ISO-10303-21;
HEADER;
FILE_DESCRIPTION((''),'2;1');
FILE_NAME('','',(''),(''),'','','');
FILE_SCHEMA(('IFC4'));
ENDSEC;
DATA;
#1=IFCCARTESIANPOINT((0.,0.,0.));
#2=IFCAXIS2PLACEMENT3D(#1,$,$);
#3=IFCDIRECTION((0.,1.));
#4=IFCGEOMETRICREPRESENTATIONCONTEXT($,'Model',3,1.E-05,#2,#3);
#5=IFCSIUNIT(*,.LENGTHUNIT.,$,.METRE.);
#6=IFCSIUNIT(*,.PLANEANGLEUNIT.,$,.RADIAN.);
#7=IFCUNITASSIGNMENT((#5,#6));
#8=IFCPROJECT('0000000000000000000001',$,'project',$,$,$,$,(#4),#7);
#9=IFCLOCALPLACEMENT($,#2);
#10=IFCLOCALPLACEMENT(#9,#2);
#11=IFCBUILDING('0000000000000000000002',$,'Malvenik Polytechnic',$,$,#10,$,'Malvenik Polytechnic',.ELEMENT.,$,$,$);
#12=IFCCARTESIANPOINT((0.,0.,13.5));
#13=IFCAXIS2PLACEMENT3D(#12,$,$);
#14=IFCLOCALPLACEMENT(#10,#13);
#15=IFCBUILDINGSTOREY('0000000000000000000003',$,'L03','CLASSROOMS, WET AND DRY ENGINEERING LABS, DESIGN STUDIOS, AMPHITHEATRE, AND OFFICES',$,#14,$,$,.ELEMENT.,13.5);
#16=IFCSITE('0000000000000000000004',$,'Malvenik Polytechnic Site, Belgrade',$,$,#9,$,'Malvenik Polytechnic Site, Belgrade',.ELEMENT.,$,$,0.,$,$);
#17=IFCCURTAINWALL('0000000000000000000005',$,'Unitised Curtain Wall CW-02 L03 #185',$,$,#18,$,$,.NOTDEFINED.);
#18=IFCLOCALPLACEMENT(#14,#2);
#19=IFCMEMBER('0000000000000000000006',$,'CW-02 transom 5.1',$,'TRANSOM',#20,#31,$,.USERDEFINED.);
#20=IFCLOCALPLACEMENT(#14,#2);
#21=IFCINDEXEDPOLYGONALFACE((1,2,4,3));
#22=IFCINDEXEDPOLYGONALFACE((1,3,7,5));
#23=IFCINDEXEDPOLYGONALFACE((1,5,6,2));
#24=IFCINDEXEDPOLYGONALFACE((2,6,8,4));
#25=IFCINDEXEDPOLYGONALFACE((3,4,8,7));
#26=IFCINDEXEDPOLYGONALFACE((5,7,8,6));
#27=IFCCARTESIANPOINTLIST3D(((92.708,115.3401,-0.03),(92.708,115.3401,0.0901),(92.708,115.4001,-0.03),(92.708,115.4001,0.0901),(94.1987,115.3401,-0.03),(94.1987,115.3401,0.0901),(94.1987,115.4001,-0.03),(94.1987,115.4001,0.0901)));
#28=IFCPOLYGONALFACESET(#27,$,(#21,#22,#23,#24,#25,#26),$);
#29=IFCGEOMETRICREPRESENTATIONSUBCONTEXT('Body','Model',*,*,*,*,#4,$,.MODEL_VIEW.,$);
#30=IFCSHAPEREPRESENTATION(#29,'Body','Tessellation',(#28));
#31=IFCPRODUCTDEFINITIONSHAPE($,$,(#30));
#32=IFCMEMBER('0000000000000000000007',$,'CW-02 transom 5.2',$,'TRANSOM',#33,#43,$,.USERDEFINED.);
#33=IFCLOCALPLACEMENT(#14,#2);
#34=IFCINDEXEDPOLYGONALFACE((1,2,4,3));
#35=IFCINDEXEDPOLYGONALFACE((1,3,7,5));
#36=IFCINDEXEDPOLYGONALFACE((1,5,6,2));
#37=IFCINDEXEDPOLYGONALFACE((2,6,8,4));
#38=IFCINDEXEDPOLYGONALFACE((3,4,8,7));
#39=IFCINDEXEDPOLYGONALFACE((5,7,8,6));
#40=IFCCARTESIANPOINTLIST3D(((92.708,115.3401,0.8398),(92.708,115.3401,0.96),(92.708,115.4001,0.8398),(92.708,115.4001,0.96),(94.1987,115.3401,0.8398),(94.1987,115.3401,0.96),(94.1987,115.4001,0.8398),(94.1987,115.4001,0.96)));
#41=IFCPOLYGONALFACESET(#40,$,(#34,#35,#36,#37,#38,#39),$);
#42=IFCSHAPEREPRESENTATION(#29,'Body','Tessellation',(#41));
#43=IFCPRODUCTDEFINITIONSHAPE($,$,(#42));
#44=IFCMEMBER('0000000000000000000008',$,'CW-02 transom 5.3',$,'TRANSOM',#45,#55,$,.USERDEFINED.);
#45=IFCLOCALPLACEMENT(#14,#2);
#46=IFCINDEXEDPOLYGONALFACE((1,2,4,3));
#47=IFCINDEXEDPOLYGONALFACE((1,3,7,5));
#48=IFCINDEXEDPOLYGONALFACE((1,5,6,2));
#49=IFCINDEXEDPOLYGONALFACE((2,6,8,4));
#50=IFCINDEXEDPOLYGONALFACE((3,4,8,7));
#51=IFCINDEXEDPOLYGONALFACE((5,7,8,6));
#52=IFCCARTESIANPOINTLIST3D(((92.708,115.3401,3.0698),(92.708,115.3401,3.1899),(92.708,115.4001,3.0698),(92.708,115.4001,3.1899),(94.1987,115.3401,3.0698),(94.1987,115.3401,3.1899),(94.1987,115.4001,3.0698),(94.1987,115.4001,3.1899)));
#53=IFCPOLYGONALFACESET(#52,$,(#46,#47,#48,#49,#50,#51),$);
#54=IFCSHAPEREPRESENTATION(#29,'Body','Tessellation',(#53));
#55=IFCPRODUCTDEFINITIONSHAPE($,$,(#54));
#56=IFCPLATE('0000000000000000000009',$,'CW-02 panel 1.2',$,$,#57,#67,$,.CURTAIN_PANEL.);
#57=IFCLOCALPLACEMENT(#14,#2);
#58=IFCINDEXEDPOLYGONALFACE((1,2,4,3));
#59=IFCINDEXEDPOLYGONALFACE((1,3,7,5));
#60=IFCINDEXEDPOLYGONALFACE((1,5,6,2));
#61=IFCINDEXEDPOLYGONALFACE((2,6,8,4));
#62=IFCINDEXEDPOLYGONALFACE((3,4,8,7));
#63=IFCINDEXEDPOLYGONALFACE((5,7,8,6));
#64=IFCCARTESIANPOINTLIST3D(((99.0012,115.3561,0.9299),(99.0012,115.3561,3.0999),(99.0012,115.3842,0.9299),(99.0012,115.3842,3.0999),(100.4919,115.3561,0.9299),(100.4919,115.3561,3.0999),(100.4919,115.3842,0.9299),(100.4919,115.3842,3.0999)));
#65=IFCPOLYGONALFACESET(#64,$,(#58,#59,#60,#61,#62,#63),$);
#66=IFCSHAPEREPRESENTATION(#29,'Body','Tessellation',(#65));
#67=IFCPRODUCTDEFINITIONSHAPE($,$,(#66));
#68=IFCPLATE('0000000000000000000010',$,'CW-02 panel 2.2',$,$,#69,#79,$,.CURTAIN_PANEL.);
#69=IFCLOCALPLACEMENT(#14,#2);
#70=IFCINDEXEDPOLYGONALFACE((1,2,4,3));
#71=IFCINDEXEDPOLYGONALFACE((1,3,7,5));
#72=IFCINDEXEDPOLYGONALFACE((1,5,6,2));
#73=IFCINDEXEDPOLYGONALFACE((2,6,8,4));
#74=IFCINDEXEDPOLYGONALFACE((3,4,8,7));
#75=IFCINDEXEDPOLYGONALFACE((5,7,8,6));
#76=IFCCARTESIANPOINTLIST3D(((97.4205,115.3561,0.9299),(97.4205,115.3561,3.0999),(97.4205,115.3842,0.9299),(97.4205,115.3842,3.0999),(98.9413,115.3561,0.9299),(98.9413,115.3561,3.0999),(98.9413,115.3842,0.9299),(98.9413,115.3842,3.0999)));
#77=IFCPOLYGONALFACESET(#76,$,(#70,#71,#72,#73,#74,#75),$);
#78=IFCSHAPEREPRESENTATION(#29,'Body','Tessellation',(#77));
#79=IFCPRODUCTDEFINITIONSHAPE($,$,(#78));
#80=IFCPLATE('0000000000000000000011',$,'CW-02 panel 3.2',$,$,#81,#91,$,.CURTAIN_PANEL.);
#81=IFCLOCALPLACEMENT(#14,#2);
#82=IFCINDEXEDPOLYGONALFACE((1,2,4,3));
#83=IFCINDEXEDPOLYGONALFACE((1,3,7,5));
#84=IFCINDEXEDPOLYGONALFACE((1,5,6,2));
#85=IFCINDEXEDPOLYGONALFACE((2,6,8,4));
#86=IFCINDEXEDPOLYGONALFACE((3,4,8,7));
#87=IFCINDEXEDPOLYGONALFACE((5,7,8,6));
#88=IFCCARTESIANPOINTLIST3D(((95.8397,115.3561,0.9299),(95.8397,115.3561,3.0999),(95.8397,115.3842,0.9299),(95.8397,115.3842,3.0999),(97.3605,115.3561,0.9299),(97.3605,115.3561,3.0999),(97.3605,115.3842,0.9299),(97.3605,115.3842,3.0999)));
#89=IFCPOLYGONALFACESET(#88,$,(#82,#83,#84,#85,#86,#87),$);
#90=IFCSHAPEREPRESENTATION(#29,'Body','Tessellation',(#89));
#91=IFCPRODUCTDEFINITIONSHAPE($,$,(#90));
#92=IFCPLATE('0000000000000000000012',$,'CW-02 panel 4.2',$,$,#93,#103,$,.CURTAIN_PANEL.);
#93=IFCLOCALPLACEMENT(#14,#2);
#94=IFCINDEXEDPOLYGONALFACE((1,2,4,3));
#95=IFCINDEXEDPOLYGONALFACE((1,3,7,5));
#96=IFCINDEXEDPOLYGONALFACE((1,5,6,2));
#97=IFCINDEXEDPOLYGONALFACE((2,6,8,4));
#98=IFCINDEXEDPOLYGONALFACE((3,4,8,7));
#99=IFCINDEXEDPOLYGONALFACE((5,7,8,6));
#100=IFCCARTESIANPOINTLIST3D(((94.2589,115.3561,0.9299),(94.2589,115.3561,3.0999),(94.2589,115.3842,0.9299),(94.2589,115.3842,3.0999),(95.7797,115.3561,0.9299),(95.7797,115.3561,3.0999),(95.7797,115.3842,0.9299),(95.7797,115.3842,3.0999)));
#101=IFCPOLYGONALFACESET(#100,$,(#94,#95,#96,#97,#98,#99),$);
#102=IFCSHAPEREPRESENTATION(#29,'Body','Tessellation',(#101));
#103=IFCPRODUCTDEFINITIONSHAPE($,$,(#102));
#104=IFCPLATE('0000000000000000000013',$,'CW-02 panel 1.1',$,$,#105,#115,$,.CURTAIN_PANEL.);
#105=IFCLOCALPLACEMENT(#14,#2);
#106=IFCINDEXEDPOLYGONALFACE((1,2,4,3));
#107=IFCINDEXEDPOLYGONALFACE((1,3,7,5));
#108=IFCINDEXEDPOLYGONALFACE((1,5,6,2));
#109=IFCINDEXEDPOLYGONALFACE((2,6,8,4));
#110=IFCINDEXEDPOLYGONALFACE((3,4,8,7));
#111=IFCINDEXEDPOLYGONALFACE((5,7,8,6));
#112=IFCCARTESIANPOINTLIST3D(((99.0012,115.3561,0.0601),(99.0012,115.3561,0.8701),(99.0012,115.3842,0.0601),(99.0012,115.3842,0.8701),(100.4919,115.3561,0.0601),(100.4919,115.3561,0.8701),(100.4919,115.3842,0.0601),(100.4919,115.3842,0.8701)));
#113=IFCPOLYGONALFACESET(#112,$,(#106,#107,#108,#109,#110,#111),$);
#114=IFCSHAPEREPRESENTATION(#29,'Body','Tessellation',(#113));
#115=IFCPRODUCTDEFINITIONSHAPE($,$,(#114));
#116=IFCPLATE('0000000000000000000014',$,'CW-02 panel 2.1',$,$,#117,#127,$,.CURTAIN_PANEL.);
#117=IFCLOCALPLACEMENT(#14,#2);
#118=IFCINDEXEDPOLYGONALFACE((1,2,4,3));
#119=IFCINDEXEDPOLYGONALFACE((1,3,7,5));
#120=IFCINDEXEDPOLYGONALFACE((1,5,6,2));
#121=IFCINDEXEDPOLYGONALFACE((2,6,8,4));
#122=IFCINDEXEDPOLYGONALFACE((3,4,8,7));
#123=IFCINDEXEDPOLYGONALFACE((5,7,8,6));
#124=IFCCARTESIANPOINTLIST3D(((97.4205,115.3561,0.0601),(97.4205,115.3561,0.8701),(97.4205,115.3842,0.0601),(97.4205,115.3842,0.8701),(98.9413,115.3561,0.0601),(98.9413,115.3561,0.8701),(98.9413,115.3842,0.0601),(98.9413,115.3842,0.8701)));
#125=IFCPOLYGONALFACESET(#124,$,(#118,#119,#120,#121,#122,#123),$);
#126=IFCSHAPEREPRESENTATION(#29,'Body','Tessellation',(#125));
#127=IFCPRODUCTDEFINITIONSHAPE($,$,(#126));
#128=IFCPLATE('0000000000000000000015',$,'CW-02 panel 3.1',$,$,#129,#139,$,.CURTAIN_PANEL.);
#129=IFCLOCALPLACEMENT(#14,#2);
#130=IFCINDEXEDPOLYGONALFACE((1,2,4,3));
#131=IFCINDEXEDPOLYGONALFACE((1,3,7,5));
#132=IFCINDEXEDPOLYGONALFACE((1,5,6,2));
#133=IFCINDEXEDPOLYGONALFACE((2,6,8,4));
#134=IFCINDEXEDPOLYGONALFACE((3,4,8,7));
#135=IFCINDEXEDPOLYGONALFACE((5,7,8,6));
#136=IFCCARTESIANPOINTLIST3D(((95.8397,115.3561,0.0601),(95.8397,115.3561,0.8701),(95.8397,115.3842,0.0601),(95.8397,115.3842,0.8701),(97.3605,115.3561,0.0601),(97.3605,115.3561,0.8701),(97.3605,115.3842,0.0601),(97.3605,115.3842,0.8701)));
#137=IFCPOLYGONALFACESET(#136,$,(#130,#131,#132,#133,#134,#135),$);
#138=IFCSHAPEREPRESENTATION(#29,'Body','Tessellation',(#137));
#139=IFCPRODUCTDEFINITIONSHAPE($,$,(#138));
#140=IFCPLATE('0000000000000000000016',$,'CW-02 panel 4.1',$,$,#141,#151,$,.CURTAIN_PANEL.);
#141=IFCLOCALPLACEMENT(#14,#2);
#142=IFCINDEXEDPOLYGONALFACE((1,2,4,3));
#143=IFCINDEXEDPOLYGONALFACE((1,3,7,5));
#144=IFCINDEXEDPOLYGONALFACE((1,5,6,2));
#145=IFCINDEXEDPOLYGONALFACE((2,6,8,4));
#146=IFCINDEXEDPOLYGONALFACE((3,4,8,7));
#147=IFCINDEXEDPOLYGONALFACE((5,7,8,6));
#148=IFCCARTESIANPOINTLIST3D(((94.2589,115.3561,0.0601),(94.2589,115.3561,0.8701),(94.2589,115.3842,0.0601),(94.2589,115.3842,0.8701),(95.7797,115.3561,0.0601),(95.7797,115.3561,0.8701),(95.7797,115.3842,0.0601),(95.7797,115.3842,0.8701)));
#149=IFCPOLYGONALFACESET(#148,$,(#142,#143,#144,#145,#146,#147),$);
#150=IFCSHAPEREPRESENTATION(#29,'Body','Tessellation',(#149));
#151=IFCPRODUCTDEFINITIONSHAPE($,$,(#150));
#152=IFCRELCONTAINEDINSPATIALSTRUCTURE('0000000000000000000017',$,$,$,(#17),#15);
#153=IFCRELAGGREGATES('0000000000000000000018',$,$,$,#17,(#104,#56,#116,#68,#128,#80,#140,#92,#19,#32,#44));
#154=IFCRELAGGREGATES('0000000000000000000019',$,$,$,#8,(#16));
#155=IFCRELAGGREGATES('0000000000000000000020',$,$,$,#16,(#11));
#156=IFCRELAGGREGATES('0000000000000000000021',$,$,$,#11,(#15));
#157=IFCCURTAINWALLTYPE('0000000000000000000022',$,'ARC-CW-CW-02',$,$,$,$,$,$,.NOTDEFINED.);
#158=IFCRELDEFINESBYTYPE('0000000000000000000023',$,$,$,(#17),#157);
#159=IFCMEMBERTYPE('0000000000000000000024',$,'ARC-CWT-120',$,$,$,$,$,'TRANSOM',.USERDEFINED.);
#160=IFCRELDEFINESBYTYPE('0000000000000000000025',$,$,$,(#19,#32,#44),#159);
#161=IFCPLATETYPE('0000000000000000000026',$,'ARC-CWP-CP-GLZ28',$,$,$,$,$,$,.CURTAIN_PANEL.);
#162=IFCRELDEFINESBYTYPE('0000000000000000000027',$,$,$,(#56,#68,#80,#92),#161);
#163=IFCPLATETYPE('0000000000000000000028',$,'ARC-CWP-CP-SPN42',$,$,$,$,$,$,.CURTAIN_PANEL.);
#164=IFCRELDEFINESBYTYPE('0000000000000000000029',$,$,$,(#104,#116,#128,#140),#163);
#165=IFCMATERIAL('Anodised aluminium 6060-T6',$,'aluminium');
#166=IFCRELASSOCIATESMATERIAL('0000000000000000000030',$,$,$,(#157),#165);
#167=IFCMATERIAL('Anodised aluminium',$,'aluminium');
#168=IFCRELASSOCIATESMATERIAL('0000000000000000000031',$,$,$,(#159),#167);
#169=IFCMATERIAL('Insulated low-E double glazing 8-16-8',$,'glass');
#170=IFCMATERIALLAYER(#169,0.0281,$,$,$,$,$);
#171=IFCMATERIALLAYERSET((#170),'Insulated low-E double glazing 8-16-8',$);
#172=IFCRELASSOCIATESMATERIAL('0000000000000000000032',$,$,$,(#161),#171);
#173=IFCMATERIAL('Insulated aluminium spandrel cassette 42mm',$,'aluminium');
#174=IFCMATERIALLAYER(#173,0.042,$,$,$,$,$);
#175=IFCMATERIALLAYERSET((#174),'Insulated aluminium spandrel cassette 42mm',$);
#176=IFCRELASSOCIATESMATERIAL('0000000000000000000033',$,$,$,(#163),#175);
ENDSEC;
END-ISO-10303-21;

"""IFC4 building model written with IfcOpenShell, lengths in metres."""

from ifc_helpers import new_model, si_unit, direction, frame, origin, origin_2d, place, context, subcontext, project, spatial, rectangle, extrude, material, layer, layer_set, material_profile, profile_set, type_object, element, aggregate, save


model = new_model("IFC4")

# Units and contexts
model_context = context("Model", 3, precision=1e-05, world=origin(), true_north=direction((0.0, 1.0)))
body_context = subcontext(model_context, "Body", "Model", "MODEL_VIEW")
ifc_project = project(units=[si_unit("LENGTHUNIT", "METRE"), si_unit("PLANEANGLEUNIT", "RADIAN")], contexts=[model_context])

# Site, building, storey
site_placement = place(None, origin())
site = spatial("IfcSite", under=ifc_project, at=site_placement, Name="Malvenik Polytechnic Site, Belgrade", LongName="Malvenik Polytechnic Site, Belgrade", CompositionType="ELEMENT", RefElevation=0.0)
building_placement = place(site_placement, origin())
building = spatial("IfcBuilding", under=site, at=building_placement, Name="Malvenik Polytechnic", LongName="Malvenik Polytechnic", CompositionType="ELEMENT")
storey_placement = place(building_placement, frame((0.0, 0.0, 13.5)))
storey = spatial("IfcBuildingStorey", under=building, at=storey_placement, Name="L03", Description="CLASSROOMS, WET AND DRY ENGINEERING LABS, DESIGN STUDIOS, AMPHITHEATRE, AND OFFICES", CompositionType="ELEMENT", Elevation=13.5)

# Curtain wall, members, plates
ifc_material_1 = material(Name="Anodised aluminium 6060-T6", Category="aluminium")
curtain_wall_type = type_object("IfcCurtainWallType", Name="ARC-CW-CW-02", PredefinedType="NOTDEFINED", material=ifc_material_1)
curtain_wall_placement = place(storey_placement, origin())
curtain_wall = element("IfcCurtainWall", 1, at=curtain_wall_placement, inside=storey, type_object=curtain_wall_type, Name="Unitised Curtain Wall CW-02 L03 #185", PredefinedType="NOTDEFINED")
ifc_material_2 = material(Name="Anodised aluminium", Category="aluminium")
ifc_material_profile_1 = material_profile(ifc_material_2, rectangle(XDim=0.0601, YDim=0.1201, at=origin_2d()), Name="ALU TRANSOM 60x120")
ifc_profile_set_1 = profile_set([ifc_material_profile_1], Name="Anodised aluminium")
member_type_1 = type_object("IfcMemberType", Name="ARC-CWT-120", ElementType="TRANSOM", PredefinedType="USERDEFINED", material=ifc_profile_set_1)
member_1_placement = place(storey_placement, frame((94.1987, 115.3701, 0.03), z_axis=(-1.0, 0.0, 0.0), x_axis=(0.0, -1.0, 0.0)))
member_1 = element("IfcMember", 2, at=member_1_placement, type_object=member_type_1, Name="CW-02 transom 5.1", ObjectType="TRANSOM", PredefinedType="USERDEFINED", context=body_context, shape_type="SweptSolid", body=[
    extrude(rectangle(XDim=0.0601, YDim=0.1201, at=origin_2d()), origin(), (0.0, 0.0, 1.0), 1.4907),
])
member_2_placement = place(storey_placement, frame((94.1987, 115.3701, 0.8999), z_axis=(-1.0, 0.0, 0.0), x_axis=(0.0, -1.0, 0.0)))
member_2 = element("IfcMember", 3, at=member_2_placement, type_object=member_type_1, Name="CW-02 transom 5.2", ObjectType="TRANSOM", PredefinedType="USERDEFINED", context=body_context, shape_type="SweptSolid", body=[
    extrude(rectangle(XDim=0.0601, YDim=0.1201, at=origin_2d()), origin(), (0.0, 0.0, 1.0), 1.4907),
])
member_3_placement = place(storey_placement, frame((94.1987, 115.3701, 3.1299), z_axis=(-1.0, 0.0, 0.0), x_axis=(0.0, -1.0, 0.0)))
member_3 = element("IfcMember", 4, at=member_3_placement, type_object=member_type_1, Name="CW-02 transom 5.3", ObjectType="TRANSOM", PredefinedType="USERDEFINED", context=body_context, shape_type="SweptSolid", body=[
    extrude(rectangle(XDim=0.0601, YDim=0.1201, at=origin_2d()), origin(), (0.0, 0.0, 1.0), 1.4907),
])
ifc_material_3 = material(Name="Insulated low-E double glazing 8-16-8", Category="glass")
ifc_layer_1 = layer(ifc_material_3, 0.0281)
ifc_layer_set_1 = layer_set([ifc_layer_1], Name="Insulated low-E double glazing 8-16-8")
plate_type_1 = type_object("IfcPlateType", Name="ARC-CWP-CP-GLZ28", PredefinedType="CURTAIN_PANEL", material=ifc_layer_set_1)
plate_1_placement = place(storey_placement, frame((99.7466, 115.3701, 0.9299), z_axis=(0.0, 0.0, 1.0), x_axis=(-1.0, 0.0, 0.0)))
plate_1 = element("IfcPlate", 5, at=plate_1_placement, type_object=plate_type_1, Name="CW-02 panel 1.2", PredefinedType="CURTAIN_PANEL", context=body_context, shape_type="SweptSolid", body=[
    extrude(rectangle(XDim=1.4907, YDim=0.0281, at=origin_2d()), origin(), (0.0, 0.0, 1.0), 2.1699),
])
plate_2_placement = place(storey_placement, frame((98.1809, 115.3701, 0.9299), z_axis=(0.0, 0.0, 1.0), x_axis=(-1.0, 0.0, 0.0)))
plate_2 = element("IfcPlate", 6, at=plate_2_placement, type_object=plate_type_1, Name="CW-02 panel 2.2", PredefinedType="CURTAIN_PANEL", context=body_context, shape_type="SweptSolid", body=[
    extrude(rectangle(XDim=1.5208, YDim=0.0281, at=origin_2d()), origin(), (0.0, 0.0, 1.0), 2.1699),
])
plate_3_placement = place(storey_placement, frame((96.6001, 115.3701, 0.9299), z_axis=(0.0, 0.0, 1.0), x_axis=(-1.0, 0.0, 0.0)))
plate_3 = element("IfcPlate", 7, at=plate_3_placement, type_object=plate_type_1, Name="CW-02 panel 3.2", PredefinedType="CURTAIN_PANEL", context=body_context, shape_type="SweptSolid", body=[
    extrude(rectangle(XDim=1.5208, YDim=0.0281, at=origin_2d()), origin(), (0.0, 0.0, 1.0), 2.1699),
])
plate_4_placement = place(storey_placement, frame((95.0193, 115.3701, 0.9299), z_axis=(0.0, 0.0, 1.0), x_axis=(-1.0, 0.0, 0.0)))
plate_4 = element("IfcPlate", 8, at=plate_4_placement, type_object=plate_type_1, Name="CW-02 panel 4.2", PredefinedType="CURTAIN_PANEL", context=body_context, shape_type="SweptSolid", body=[
    extrude(rectangle(XDim=1.5208, YDim=0.0281, at=origin_2d()), origin(), (0.0, 0.0, 1.0), 2.1699),
])
ifc_material_4 = material(Name="Insulated aluminium spandrel cassette 42mm", Category="aluminium")
ifc_layer_2 = layer(ifc_material_4, 0.042)
ifc_layer_set_2 = layer_set([ifc_layer_2], Name="Insulated aluminium spandrel cassette 42mm")
plate_type_2 = type_object("IfcPlateType", Name="ARC-CWP-CP-SPN42", PredefinedType="CURTAIN_PANEL", material=ifc_layer_set_2)
plate_5_placement = place(storey_placement, frame((99.7466, 115.3701, 0.0601), z_axis=(0.0, 0.0, 1.0), x_axis=(-1.0, 0.0, 0.0)))
plate_5 = element("IfcPlate", 9, at=plate_5_placement, type_object=plate_type_2, Name="CW-02 panel 1.1", PredefinedType="CURTAIN_PANEL", context=body_context, shape_type="SweptSolid", body=[
    extrude(rectangle(XDim=1.4907, YDim=0.0281, at=origin_2d()), origin(), (0.0, 0.0, 1.0), 0.8101),
])
plate_6_placement = place(storey_placement, frame((98.1809, 115.3701, 0.0601), z_axis=(0.0, 0.0, 1.0), x_axis=(-1.0, 0.0, 0.0)))
plate_6 = element("IfcPlate", 10, at=plate_6_placement, type_object=plate_type_2, Name="CW-02 panel 2.1", PredefinedType="CURTAIN_PANEL", context=body_context, shape_type="SweptSolid", body=[
    extrude(rectangle(XDim=1.5208, YDim=0.0281, at=origin_2d()), origin(), (0.0, 0.0, 1.0), 0.8101),
])
plate_7_placement = place(storey_placement, frame((96.6001, 115.3701, 0.0601), z_axis=(0.0, 0.0, 1.0), x_axis=(-1.0, 0.0, 0.0)))
plate_7 = element("IfcPlate", 11, at=plate_7_placement, type_object=plate_type_2, Name="CW-02 panel 3.1", PredefinedType="CURTAIN_PANEL", context=body_context, shape_type="SweptSolid", body=[
    extrude(rectangle(XDim=1.5208, YDim=0.0281, at=origin_2d()), origin(), (0.0, 0.0, 1.0), 0.8101),
])
plate_8_placement = place(storey_placement, frame((95.0193, 115.3701, 0.0601), z_axis=(0.0, 0.0, 1.0), x_axis=(-1.0, 0.0, 0.0)))
plate_8 = element("IfcPlate", 12, at=plate_8_placement, type_object=plate_type_2, Name="CW-02 panel 4.1", PredefinedType="CURTAIN_PANEL", context=body_context, shape_type="SweptSolid", body=[
    extrude(rectangle(XDim=1.5208, YDim=0.0281, at=origin_2d()), origin(), (0.0, 0.0, 1.0), 0.8101),
])
aggregate(curtain_wall, [plate_5, plate_1, plate_6, plate_2, plate_7, plate_3, plate_8, plate_4, member_1, member_2, member_3])

save(model, "model.ifc")
